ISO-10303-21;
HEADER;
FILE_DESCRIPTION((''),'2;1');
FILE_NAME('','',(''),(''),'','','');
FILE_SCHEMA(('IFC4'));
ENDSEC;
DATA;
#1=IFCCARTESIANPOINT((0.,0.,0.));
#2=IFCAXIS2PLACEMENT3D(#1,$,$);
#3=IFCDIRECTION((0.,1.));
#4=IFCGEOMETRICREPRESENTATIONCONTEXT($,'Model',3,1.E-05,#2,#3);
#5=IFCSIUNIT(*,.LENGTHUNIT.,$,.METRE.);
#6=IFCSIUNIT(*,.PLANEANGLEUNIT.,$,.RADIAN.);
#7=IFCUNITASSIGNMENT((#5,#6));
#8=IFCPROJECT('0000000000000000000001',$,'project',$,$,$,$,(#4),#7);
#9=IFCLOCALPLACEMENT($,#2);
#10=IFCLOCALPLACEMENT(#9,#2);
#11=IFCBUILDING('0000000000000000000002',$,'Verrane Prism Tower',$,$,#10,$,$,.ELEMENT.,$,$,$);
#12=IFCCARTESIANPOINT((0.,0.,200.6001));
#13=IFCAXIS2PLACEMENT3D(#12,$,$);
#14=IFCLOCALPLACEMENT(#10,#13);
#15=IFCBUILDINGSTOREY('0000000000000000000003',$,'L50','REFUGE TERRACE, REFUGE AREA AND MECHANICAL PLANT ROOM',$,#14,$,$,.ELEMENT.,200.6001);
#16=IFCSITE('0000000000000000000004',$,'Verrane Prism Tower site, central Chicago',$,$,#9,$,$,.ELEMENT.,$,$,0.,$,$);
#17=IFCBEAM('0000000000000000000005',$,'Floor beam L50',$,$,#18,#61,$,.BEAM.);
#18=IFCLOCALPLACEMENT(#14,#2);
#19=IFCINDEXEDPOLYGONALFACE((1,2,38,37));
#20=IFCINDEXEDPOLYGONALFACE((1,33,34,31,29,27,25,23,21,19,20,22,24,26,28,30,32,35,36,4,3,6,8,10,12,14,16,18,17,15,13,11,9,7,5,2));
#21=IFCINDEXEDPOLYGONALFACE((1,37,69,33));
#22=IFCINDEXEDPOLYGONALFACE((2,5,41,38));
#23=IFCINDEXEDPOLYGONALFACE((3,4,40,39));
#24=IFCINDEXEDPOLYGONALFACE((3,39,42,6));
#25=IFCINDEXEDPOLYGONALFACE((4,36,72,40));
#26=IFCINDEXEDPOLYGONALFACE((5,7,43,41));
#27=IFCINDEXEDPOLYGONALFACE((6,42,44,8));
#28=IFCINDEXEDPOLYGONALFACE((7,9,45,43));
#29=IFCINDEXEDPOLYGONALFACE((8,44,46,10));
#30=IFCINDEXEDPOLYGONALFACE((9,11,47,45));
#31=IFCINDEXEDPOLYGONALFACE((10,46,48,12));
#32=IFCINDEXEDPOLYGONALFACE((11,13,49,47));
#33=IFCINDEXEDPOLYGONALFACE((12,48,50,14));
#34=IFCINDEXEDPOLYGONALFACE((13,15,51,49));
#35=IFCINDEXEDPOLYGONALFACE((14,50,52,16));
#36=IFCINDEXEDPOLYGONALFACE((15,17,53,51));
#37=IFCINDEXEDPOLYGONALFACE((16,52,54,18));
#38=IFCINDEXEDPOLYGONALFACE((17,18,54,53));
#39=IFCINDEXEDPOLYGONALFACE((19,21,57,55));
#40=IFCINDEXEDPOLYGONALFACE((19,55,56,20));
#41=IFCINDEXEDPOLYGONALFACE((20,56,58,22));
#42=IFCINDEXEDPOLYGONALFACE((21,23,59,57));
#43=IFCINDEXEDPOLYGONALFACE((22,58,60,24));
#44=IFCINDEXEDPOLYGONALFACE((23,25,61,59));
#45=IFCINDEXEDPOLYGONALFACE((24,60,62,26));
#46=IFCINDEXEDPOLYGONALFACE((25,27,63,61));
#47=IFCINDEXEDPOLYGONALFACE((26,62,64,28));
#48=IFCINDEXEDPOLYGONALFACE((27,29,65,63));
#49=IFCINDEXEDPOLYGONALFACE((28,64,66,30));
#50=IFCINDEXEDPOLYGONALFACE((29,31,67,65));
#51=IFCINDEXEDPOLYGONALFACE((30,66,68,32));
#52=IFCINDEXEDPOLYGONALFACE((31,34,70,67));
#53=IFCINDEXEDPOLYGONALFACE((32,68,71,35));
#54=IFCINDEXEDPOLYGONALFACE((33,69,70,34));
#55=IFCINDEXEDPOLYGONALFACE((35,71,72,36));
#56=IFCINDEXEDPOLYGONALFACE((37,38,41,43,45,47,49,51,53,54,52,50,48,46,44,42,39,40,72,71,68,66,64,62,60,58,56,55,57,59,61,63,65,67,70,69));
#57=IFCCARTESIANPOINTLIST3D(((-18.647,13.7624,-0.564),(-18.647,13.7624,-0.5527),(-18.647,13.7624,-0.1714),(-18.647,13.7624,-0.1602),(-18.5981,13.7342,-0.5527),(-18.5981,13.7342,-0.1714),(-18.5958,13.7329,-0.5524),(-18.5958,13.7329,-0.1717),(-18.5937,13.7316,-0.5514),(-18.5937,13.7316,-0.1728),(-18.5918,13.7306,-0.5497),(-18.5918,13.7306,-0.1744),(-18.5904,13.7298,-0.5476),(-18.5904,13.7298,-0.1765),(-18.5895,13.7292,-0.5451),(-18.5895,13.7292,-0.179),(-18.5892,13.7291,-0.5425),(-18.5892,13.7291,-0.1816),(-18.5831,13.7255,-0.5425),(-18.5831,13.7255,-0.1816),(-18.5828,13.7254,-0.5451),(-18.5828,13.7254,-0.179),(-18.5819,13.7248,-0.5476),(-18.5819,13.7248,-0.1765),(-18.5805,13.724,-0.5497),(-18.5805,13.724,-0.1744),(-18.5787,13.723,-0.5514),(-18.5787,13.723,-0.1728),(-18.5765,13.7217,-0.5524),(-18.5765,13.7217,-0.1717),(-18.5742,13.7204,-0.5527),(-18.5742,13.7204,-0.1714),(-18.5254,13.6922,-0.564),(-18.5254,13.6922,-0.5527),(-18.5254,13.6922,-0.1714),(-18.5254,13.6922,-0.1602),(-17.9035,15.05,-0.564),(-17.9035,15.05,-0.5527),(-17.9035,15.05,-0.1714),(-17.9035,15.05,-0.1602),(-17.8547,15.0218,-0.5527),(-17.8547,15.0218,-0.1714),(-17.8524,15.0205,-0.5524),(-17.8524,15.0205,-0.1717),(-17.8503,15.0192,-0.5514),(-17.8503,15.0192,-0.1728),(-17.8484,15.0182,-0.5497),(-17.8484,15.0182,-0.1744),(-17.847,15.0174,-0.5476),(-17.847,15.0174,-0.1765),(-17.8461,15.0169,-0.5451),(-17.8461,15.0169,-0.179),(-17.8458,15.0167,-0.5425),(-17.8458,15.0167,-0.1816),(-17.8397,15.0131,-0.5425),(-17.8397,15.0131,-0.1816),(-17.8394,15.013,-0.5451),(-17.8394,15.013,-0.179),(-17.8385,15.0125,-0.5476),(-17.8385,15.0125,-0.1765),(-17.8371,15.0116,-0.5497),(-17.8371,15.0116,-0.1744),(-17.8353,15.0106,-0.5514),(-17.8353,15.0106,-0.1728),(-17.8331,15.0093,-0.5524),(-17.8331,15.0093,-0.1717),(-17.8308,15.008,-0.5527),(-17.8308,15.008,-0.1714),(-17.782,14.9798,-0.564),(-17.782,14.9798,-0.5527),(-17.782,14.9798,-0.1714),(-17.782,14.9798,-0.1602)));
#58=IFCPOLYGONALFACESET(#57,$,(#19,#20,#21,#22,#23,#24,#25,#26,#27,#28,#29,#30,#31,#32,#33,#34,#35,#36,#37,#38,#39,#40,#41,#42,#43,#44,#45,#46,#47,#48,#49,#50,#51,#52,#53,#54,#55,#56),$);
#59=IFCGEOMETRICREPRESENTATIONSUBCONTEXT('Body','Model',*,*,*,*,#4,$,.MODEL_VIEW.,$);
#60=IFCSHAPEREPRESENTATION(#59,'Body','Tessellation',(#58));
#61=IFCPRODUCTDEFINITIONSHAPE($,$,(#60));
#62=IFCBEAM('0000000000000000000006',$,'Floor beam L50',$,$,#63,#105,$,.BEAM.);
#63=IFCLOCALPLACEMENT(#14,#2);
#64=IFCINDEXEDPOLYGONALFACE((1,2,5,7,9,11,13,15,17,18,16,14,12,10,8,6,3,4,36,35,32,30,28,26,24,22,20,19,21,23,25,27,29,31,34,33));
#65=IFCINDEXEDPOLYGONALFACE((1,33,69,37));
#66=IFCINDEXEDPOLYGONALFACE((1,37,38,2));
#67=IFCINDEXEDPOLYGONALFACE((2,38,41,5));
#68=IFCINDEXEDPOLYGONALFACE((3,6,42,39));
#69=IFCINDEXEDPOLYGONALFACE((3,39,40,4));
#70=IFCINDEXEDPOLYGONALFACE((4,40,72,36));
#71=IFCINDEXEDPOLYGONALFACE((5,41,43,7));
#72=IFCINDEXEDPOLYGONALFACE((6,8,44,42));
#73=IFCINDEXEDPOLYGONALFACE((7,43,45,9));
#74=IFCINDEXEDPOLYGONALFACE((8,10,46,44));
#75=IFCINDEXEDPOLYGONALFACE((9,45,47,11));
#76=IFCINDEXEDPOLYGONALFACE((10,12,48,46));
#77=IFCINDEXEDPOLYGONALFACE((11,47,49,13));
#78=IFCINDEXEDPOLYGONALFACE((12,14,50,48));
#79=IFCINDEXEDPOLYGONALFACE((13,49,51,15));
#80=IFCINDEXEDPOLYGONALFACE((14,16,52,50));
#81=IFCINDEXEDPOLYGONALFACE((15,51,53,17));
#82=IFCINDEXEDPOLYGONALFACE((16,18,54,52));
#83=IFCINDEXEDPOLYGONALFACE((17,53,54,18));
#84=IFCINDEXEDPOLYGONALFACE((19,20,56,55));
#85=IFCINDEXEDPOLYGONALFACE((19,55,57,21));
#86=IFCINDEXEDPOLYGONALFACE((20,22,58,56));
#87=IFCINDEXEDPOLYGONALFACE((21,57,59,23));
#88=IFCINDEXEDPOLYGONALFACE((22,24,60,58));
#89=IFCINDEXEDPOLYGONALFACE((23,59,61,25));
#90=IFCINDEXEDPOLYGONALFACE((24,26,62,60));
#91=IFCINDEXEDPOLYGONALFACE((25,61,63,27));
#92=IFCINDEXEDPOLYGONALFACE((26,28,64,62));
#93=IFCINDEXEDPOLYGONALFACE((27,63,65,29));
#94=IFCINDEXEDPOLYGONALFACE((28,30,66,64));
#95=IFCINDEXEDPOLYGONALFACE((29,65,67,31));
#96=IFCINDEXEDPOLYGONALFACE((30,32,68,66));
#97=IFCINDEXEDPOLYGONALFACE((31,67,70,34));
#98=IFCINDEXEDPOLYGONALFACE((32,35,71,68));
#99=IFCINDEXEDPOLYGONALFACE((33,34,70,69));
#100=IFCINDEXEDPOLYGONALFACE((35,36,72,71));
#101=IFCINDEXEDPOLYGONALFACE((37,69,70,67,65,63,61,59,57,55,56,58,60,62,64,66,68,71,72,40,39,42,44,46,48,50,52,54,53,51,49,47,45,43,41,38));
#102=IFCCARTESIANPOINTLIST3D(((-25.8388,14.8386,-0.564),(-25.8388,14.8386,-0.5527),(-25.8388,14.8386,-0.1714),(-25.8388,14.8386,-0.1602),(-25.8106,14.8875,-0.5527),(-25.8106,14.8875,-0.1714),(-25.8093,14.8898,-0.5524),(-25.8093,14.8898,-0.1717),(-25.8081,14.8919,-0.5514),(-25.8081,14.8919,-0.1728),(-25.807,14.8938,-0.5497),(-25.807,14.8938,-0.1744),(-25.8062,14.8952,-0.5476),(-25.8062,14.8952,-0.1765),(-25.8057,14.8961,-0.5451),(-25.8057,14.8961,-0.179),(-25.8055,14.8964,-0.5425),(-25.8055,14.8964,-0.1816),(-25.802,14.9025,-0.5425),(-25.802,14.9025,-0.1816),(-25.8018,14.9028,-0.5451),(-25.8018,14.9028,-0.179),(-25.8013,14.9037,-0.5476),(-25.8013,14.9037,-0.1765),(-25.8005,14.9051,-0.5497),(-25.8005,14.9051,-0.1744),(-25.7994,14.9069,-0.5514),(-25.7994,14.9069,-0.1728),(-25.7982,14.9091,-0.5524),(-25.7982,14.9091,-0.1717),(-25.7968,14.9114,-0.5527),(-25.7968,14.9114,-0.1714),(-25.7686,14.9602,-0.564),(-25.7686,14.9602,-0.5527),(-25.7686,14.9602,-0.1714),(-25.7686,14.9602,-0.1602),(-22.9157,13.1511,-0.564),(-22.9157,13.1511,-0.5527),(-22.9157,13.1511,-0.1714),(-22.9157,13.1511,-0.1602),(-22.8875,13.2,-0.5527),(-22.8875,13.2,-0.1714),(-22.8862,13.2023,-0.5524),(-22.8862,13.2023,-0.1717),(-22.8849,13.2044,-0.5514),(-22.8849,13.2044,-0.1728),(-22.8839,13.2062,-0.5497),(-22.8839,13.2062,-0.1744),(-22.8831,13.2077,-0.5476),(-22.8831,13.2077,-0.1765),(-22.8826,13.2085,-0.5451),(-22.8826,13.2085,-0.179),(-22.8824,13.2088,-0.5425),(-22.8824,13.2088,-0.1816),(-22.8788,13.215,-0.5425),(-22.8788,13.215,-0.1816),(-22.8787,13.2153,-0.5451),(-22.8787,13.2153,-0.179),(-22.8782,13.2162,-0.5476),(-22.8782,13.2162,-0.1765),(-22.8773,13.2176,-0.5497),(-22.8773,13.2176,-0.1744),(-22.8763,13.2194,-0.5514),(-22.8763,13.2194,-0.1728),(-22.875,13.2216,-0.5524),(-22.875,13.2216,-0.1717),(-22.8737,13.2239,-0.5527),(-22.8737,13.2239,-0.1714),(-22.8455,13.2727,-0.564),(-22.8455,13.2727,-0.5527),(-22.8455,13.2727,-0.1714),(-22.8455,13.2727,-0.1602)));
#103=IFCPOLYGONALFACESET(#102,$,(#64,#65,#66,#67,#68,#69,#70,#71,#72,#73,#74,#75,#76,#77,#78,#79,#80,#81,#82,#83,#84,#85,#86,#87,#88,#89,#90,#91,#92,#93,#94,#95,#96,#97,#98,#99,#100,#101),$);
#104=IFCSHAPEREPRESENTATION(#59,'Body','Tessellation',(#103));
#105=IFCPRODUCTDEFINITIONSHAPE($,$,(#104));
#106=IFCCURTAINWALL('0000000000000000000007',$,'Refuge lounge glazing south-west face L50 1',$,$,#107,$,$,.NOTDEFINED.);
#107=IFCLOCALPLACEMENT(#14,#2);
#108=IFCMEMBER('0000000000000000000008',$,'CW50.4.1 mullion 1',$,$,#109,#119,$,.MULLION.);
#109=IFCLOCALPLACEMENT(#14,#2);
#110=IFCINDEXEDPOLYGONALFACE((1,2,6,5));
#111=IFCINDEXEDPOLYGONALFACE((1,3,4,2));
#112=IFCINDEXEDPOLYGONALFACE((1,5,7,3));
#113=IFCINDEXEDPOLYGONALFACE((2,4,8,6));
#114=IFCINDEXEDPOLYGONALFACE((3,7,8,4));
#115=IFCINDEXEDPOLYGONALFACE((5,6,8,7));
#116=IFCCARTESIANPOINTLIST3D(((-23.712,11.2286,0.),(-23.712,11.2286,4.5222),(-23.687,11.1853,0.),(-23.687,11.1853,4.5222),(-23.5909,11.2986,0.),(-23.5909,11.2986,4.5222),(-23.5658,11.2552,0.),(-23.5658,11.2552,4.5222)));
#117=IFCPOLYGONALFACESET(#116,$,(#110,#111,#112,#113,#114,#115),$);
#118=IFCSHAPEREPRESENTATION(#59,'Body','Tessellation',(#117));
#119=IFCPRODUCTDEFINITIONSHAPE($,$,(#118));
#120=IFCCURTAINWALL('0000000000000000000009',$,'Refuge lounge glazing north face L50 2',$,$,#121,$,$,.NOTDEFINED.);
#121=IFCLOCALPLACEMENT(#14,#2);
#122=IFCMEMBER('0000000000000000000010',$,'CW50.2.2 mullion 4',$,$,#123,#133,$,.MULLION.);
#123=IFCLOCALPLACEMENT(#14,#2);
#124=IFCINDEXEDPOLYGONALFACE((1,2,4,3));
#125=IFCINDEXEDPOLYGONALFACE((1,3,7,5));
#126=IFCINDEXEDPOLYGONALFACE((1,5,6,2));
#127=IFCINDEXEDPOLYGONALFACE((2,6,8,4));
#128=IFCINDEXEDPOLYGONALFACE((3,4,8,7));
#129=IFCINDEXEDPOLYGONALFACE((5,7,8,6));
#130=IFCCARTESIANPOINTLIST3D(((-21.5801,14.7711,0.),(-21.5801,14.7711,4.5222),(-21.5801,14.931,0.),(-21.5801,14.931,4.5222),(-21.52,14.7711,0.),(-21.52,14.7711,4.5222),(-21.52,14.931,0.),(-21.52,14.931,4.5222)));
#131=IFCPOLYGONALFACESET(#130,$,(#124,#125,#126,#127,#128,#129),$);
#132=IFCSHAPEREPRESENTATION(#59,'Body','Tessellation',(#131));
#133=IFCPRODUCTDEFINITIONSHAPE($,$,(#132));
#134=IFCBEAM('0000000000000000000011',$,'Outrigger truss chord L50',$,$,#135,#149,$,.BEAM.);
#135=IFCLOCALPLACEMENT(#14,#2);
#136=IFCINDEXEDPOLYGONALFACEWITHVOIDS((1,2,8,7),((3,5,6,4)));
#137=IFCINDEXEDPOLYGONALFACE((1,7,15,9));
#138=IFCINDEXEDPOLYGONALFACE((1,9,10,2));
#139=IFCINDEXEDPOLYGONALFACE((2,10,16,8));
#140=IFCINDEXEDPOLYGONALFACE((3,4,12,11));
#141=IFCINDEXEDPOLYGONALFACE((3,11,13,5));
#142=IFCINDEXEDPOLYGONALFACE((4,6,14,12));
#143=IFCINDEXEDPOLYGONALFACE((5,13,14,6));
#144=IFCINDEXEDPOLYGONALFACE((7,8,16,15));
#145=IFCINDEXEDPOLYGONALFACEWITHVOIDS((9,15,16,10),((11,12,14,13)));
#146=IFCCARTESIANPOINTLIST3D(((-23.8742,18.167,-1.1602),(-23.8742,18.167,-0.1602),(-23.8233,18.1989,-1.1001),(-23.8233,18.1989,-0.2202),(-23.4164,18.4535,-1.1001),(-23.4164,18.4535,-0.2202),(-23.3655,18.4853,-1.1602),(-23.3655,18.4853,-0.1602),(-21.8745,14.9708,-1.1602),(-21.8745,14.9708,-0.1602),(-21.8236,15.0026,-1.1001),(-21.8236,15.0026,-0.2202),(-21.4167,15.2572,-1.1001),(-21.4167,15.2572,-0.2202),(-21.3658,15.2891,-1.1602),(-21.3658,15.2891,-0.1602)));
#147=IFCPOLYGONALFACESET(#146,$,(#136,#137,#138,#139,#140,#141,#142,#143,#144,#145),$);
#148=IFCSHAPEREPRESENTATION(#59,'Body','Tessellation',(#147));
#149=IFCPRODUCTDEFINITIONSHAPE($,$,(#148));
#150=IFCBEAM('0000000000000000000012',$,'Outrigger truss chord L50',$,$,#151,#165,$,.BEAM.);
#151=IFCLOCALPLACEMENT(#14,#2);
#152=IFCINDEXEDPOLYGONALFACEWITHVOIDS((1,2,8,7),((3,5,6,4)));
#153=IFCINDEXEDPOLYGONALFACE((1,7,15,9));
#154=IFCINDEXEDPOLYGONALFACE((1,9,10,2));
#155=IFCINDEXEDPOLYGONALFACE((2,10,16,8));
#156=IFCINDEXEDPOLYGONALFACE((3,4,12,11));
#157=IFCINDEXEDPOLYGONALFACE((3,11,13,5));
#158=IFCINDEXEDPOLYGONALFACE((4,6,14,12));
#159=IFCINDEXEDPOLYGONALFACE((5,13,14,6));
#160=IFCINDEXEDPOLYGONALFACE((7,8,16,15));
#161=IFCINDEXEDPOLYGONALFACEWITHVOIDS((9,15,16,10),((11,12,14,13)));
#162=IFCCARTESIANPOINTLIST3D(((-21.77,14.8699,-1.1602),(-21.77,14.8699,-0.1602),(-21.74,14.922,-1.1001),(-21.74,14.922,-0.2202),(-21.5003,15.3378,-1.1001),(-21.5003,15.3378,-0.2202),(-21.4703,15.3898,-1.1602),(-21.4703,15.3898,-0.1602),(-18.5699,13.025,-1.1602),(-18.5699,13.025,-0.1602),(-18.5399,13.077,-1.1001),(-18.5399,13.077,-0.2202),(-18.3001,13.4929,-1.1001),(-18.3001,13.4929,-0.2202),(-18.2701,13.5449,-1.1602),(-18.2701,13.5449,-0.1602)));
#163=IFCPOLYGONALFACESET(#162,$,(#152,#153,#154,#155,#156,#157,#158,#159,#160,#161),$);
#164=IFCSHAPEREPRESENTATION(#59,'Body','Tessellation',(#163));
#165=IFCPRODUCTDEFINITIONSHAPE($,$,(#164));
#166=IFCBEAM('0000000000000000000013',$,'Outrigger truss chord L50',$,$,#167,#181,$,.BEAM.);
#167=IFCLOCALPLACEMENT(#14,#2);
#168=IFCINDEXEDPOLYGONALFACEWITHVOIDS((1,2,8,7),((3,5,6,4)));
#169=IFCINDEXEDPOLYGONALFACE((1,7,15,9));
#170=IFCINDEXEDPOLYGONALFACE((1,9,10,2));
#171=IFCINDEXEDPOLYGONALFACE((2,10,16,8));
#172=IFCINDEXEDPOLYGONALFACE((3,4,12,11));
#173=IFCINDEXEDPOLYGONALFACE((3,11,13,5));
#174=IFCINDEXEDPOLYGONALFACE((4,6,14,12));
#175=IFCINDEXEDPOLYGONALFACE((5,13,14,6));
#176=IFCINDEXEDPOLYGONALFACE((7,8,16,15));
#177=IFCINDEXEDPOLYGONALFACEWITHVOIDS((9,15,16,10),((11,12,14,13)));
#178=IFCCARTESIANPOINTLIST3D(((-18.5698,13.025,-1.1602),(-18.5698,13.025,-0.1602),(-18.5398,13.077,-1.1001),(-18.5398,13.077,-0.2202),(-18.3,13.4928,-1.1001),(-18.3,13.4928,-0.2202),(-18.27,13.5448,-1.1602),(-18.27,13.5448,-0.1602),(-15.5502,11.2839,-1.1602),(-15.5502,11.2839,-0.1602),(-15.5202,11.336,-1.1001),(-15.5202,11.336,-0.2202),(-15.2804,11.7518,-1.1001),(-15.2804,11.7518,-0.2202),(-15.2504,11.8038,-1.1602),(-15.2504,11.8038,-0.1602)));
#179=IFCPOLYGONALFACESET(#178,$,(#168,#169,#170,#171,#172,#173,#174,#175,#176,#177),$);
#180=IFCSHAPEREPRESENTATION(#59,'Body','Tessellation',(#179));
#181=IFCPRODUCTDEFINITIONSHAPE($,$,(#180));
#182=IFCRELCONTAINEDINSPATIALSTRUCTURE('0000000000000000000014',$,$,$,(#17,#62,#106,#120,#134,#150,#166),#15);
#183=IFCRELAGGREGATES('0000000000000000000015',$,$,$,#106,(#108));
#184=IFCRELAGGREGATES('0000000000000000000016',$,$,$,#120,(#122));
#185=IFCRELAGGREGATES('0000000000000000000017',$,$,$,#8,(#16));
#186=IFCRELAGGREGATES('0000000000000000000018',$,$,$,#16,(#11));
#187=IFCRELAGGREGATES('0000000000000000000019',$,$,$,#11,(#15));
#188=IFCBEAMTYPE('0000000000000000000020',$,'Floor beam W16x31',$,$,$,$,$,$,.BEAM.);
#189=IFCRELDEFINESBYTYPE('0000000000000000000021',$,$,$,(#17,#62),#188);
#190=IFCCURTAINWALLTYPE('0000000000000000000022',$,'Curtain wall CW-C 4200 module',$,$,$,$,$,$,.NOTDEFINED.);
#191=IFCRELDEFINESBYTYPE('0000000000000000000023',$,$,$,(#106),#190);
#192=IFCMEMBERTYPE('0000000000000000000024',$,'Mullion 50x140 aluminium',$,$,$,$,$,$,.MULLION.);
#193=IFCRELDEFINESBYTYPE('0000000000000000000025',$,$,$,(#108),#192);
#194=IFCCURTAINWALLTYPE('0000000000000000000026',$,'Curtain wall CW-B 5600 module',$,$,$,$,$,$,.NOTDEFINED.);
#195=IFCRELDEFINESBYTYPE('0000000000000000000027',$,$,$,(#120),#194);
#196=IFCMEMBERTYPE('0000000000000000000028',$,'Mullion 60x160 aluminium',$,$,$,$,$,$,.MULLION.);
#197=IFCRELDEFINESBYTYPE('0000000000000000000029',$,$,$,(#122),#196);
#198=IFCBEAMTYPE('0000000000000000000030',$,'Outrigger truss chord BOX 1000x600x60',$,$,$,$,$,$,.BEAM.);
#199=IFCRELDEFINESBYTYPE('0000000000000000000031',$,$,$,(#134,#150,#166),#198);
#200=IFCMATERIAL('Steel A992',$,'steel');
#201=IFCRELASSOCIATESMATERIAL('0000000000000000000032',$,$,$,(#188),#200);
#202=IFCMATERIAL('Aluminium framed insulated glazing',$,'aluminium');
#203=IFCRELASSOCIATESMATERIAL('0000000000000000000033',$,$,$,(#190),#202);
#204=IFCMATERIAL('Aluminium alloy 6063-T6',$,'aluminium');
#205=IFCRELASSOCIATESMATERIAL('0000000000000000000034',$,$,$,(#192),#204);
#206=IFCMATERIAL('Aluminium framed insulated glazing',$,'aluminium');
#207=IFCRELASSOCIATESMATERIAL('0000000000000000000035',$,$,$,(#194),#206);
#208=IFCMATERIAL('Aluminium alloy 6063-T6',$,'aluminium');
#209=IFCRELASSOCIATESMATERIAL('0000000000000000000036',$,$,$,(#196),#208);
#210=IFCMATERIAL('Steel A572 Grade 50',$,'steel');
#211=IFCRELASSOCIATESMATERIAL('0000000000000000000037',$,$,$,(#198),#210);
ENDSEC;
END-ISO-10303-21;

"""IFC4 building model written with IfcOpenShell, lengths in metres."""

from ifc_helpers import new_model, si_unit, direction, frame, origin, origin_2d, place, context, subcontext, project, spatial, rectangle, hollow_rectangle, i_section, extrude, material, material_profile, profile_set, type_object, element, aggregate, save


model = new_model("IFC4")

# Units and contexts
model_context = context("Model", 3, precision=1e-05, world=origin(), true_north=direction((0.0, 1.0)))
body_context = subcontext(model_context, "Body", "Model", "MODEL_VIEW")
ifc_project = project(units=[si_unit("LENGTHUNIT", "METRE"), si_unit("PLANEANGLEUNIT", "RADIAN")], contexts=[model_context])

# Site, building, storey
site_placement = place(None, origin())
site = spatial("IfcSite", under=ifc_project, at=site_placement, Name="Verrane Prism Tower site, central Chicago", CompositionType="ELEMENT", RefElevation=0.0)
building_placement = place(site_placement, origin())
building = spatial("IfcBuilding", under=site, at=building_placement, Name="Verrane Prism Tower", CompositionType="ELEMENT")
storey_placement = place(building_placement, frame((0.0, 0.0, 200.6001)))
storey = spatial("IfcBuildingStorey", under=building, at=storey_placement, Name="L50", Description="REFUGE TERRACE, REFUGE AREA AND MECHANICAL PLANT ROOM", CompositionType="ELEMENT", Elevation=200.6001)

# Beams
ifc_material_1 = material(Name="Steel A992", Category="steel")
ifc_material_profile_1 = material_profile(ifc_material_1, i_section(OverallWidth=0.1404, OverallDepth=0.4038, WebThickness=0.0071, FlangeThickness=0.0112, FilletRadius=0.0103, at=origin_2d()), Name="W16x31")
ifc_profile_set_1 = profile_set([ifc_material_profile_1], Name="Steel A992")
beam_type_1 = type_object("IfcBeamType", Name="Floor beam W16x31", PredefinedType="BEAM", material=ifc_profile_set_1)
beam_1_placement = place(storey_placement, frame((-18.5862, 13.7273, -0.3621), z_axis=(0.500007, 0.866022, 0.0), x_axis=(-0.866022, 0.500007, 0.0)))
element("IfcBeam", 1, at=beam_1_placement, inside=storey, type_object=beam_type_1, Name="Floor beam L50", PredefinedType="BEAM", context=body_context, shape_type="SweptSolid", body=[
    extrude(i_section(OverallWidth=0.1404, OverallDepth=0.4038, WebThickness=0.0071, FlangeThickness=0.0112, FilletRadius=0.0103, at=origin_2d()), origin(), (0.0, 0.0, 1.0), 1.4868),
])
beam_2_placement = place(storey_placement, frame((-22.8806, 13.2119, -0.3621), z_axis=(-0.866045, 0.499967, 0.0), x_axis=(-0.499967, -0.866045, 0.0)))
element("IfcBeam", 2, at=beam_2_placement, inside=storey, type_object=beam_type_1, Name="Floor beam L50", PredefinedType="BEAM", context=body_context, shape_type="SweptSolid", body=[
    extrude(i_section(OverallWidth=0.1404, OverallDepth=0.4038, WebThickness=0.0071, FlangeThickness=0.0112, FilletRadius=0.0103, at=origin_2d()), origin(), (0.0, 0.0, 1.0), 3.3752),
])

# Curtain walls, members
ifc_material_2 = material(Name="Aluminium framed insulated glazing", Category="aluminium")
curtain_wall_type_1 = type_object("IfcCurtainWallType", Name="Curtain wall CW-C 4200 module", PredefinedType="NOTDEFINED", material=ifc_material_2)
curtain_wall_1_placement = place(storey_placement, origin())
curtain_wall_1 = element("IfcCurtainWall", 3, at=curtain_wall_1_placement, inside=storey, type_object=curtain_wall_type_1, Name="Refuge lounge glazing south-west face L50 1", PredefinedType="NOTDEFINED")
ifc_material_3 = material(Name="Aluminium alloy 6063-T6", Category="aluminium")
ifc_material_profile_2 = material_profile(ifc_material_3, rectangle(XDim=0.1399, YDim=0.05, at=origin_2d()), Name="Mullion 50x140 aluminium")
ifc_profile_set_2 = profile_set([ifc_material_profile_2], Name="Aluminium alloy 6063-T6")
member_type_1 = type_object("IfcMemberType", Name="Mullion 50x140 aluminium", PredefinedType="MULLION", material=ifc_profile_set_2)
member_1_placement = place(storey_placement, frame((-23.6389, 11.2419, 0.0), z_axis=(0.0, 0.0, 1.0), x_axis=(0.866024, 0.500003, 0.0)))
member_1 = element("IfcMember", 4, at=member_1_placement, type_object=member_type_1, Name="CW50.4.1 mullion 1", PredefinedType="MULLION", context=body_context, shape_type="SweptSolid", body=[
    extrude(rectangle(XDim=0.1399, YDim=0.05, at=origin_2d()), origin(), (0.0, 0.0, 1.0), 4.5222),
])
ifc_material_4 = material(Name="Aluminium framed insulated glazing", Category="aluminium")
curtain_wall_type_2 = type_object("IfcCurtainWallType", Name="Curtain wall CW-B 5600 module", PredefinedType="NOTDEFINED", material=ifc_material_4)
curtain_wall_2_placement = place(storey_placement, origin())
curtain_wall_2 = element("IfcCurtainWall", 5, at=curtain_wall_2_placement, inside=storey, type_object=curtain_wall_type_2, Name="Refuge lounge glazing north face L50 2", PredefinedType="NOTDEFINED")
ifc_material_5 = material(Name="Aluminium alloy 6063-T6", Category="aluminium")
ifc_material_profile_3 = material_profile(ifc_material_5, rectangle(XDim=0.1599, YDim=0.0601, at=origin_2d()), Name="Mullion 60x160 aluminium")
ifc_profile_set_3 = profile_set([ifc_material_profile_3], Name="Aluminium alloy 6063-T6")
member_type_2 = type_object("IfcMemberType", Name="Mullion 60x160 aluminium", PredefinedType="MULLION", material=ifc_profile_set_3)
member_2_placement = place(storey_placement, frame((-21.55, 14.8511, 0.0), z_axis=(0.0, 0.0, 1.0), x_axis=(0.0, -1.0, 0.0)))
member_2 = element("IfcMember", 6, at=member_2_placement, type_object=member_type_2, Name="CW50.2.2 mullion 4", PredefinedType="MULLION", context=body_context, shape_type="SweptSolid", body=[
    extrude(rectangle(XDim=0.1599, YDim=0.0601, at=origin_2d()), origin(), (0.0, 0.0, 1.0), 4.5222),
])

# Beams
ifc_material_6 = material(Name="Steel A572 Grade 50", Category="steel")
ifc_material_profile_4 = material_profile(ifc_material_6, hollow_rectangle(XDim=0.6001, YDim=1.0, WallThickness=0.0601, at=origin_2d()), Name="BOX 1000x600x60")
ifc_profile_set_4 = profile_set([ifc_material_profile_4], Name="Steel A572 Grade 50")
beam_type_2 = type_object("IfcBeamType", Name="Outrigger truss chord BOX 1000x600x60", PredefinedType="BEAM", material=ifc_profile_set_4)
beam_3_placement = place(storey_placement, frame((-23.6199, 18.3262, -0.6602), z_axis=(0.530395, -0.847751, 0.0), x_axis=(0.847751, 0.530395, 0.0)))
element("IfcBeam", 7, at=beam_3_placement, inside=storey, type_object=beam_type_2, Name="Outrigger truss chord L50", PredefinedType="BEAM", context=body_context, shape_type="SweptSolid", body=[
    extrude(hollow_rectangle(XDim=0.6001, YDim=1.0, WallThickness=0.0601, at=origin_2d()), origin(), (0.0, 0.0, 1.0), 3.7703),
])
beam_4_placement = place(storey_placement, frame((-21.6201, 15.1299, -0.6602), z_axis=(0.866337, -0.499459, 0.0), x_axis=(0.499459, 0.866337, 0.0)))
element("IfcBeam", 8, at=beam_4_placement, inside=storey, type_object=beam_type_2, Name="Outrigger truss chord L50", PredefinedType="BEAM", context=body_context, shape_type="SweptSolid", body=[
    extrude(hollow_rectangle(XDim=0.6001, YDim=1.0, WallThickness=0.0601, at=origin_2d()), origin(), (0.0, 0.0, 1.0), 3.6938),
])
beam_5_placement = place(storey_placement, frame((-18.4199, 13.2849, -0.6602), z_axis=(0.866318, -0.499492, 0.0), x_axis=(0.499492, 0.866318, 0.0)))
element("IfcBeam", 9, at=beam_5_placement, inside=storey, type_object=beam_type_2, Name="Outrigger truss chord L50", PredefinedType="BEAM", context=body_context, shape_type="SweptSolid", body=[
    extrude(hollow_rectangle(XDim=0.6001, YDim=1.0, WallThickness=0.0601, at=origin_2d()), origin(), (0.0, 0.0, 1.0), 3.4856),
])

aggregate(curtain_wall_1, [member_1])

aggregate(curtain_wall_2, [member_2])

save(model, "model.ifc")
